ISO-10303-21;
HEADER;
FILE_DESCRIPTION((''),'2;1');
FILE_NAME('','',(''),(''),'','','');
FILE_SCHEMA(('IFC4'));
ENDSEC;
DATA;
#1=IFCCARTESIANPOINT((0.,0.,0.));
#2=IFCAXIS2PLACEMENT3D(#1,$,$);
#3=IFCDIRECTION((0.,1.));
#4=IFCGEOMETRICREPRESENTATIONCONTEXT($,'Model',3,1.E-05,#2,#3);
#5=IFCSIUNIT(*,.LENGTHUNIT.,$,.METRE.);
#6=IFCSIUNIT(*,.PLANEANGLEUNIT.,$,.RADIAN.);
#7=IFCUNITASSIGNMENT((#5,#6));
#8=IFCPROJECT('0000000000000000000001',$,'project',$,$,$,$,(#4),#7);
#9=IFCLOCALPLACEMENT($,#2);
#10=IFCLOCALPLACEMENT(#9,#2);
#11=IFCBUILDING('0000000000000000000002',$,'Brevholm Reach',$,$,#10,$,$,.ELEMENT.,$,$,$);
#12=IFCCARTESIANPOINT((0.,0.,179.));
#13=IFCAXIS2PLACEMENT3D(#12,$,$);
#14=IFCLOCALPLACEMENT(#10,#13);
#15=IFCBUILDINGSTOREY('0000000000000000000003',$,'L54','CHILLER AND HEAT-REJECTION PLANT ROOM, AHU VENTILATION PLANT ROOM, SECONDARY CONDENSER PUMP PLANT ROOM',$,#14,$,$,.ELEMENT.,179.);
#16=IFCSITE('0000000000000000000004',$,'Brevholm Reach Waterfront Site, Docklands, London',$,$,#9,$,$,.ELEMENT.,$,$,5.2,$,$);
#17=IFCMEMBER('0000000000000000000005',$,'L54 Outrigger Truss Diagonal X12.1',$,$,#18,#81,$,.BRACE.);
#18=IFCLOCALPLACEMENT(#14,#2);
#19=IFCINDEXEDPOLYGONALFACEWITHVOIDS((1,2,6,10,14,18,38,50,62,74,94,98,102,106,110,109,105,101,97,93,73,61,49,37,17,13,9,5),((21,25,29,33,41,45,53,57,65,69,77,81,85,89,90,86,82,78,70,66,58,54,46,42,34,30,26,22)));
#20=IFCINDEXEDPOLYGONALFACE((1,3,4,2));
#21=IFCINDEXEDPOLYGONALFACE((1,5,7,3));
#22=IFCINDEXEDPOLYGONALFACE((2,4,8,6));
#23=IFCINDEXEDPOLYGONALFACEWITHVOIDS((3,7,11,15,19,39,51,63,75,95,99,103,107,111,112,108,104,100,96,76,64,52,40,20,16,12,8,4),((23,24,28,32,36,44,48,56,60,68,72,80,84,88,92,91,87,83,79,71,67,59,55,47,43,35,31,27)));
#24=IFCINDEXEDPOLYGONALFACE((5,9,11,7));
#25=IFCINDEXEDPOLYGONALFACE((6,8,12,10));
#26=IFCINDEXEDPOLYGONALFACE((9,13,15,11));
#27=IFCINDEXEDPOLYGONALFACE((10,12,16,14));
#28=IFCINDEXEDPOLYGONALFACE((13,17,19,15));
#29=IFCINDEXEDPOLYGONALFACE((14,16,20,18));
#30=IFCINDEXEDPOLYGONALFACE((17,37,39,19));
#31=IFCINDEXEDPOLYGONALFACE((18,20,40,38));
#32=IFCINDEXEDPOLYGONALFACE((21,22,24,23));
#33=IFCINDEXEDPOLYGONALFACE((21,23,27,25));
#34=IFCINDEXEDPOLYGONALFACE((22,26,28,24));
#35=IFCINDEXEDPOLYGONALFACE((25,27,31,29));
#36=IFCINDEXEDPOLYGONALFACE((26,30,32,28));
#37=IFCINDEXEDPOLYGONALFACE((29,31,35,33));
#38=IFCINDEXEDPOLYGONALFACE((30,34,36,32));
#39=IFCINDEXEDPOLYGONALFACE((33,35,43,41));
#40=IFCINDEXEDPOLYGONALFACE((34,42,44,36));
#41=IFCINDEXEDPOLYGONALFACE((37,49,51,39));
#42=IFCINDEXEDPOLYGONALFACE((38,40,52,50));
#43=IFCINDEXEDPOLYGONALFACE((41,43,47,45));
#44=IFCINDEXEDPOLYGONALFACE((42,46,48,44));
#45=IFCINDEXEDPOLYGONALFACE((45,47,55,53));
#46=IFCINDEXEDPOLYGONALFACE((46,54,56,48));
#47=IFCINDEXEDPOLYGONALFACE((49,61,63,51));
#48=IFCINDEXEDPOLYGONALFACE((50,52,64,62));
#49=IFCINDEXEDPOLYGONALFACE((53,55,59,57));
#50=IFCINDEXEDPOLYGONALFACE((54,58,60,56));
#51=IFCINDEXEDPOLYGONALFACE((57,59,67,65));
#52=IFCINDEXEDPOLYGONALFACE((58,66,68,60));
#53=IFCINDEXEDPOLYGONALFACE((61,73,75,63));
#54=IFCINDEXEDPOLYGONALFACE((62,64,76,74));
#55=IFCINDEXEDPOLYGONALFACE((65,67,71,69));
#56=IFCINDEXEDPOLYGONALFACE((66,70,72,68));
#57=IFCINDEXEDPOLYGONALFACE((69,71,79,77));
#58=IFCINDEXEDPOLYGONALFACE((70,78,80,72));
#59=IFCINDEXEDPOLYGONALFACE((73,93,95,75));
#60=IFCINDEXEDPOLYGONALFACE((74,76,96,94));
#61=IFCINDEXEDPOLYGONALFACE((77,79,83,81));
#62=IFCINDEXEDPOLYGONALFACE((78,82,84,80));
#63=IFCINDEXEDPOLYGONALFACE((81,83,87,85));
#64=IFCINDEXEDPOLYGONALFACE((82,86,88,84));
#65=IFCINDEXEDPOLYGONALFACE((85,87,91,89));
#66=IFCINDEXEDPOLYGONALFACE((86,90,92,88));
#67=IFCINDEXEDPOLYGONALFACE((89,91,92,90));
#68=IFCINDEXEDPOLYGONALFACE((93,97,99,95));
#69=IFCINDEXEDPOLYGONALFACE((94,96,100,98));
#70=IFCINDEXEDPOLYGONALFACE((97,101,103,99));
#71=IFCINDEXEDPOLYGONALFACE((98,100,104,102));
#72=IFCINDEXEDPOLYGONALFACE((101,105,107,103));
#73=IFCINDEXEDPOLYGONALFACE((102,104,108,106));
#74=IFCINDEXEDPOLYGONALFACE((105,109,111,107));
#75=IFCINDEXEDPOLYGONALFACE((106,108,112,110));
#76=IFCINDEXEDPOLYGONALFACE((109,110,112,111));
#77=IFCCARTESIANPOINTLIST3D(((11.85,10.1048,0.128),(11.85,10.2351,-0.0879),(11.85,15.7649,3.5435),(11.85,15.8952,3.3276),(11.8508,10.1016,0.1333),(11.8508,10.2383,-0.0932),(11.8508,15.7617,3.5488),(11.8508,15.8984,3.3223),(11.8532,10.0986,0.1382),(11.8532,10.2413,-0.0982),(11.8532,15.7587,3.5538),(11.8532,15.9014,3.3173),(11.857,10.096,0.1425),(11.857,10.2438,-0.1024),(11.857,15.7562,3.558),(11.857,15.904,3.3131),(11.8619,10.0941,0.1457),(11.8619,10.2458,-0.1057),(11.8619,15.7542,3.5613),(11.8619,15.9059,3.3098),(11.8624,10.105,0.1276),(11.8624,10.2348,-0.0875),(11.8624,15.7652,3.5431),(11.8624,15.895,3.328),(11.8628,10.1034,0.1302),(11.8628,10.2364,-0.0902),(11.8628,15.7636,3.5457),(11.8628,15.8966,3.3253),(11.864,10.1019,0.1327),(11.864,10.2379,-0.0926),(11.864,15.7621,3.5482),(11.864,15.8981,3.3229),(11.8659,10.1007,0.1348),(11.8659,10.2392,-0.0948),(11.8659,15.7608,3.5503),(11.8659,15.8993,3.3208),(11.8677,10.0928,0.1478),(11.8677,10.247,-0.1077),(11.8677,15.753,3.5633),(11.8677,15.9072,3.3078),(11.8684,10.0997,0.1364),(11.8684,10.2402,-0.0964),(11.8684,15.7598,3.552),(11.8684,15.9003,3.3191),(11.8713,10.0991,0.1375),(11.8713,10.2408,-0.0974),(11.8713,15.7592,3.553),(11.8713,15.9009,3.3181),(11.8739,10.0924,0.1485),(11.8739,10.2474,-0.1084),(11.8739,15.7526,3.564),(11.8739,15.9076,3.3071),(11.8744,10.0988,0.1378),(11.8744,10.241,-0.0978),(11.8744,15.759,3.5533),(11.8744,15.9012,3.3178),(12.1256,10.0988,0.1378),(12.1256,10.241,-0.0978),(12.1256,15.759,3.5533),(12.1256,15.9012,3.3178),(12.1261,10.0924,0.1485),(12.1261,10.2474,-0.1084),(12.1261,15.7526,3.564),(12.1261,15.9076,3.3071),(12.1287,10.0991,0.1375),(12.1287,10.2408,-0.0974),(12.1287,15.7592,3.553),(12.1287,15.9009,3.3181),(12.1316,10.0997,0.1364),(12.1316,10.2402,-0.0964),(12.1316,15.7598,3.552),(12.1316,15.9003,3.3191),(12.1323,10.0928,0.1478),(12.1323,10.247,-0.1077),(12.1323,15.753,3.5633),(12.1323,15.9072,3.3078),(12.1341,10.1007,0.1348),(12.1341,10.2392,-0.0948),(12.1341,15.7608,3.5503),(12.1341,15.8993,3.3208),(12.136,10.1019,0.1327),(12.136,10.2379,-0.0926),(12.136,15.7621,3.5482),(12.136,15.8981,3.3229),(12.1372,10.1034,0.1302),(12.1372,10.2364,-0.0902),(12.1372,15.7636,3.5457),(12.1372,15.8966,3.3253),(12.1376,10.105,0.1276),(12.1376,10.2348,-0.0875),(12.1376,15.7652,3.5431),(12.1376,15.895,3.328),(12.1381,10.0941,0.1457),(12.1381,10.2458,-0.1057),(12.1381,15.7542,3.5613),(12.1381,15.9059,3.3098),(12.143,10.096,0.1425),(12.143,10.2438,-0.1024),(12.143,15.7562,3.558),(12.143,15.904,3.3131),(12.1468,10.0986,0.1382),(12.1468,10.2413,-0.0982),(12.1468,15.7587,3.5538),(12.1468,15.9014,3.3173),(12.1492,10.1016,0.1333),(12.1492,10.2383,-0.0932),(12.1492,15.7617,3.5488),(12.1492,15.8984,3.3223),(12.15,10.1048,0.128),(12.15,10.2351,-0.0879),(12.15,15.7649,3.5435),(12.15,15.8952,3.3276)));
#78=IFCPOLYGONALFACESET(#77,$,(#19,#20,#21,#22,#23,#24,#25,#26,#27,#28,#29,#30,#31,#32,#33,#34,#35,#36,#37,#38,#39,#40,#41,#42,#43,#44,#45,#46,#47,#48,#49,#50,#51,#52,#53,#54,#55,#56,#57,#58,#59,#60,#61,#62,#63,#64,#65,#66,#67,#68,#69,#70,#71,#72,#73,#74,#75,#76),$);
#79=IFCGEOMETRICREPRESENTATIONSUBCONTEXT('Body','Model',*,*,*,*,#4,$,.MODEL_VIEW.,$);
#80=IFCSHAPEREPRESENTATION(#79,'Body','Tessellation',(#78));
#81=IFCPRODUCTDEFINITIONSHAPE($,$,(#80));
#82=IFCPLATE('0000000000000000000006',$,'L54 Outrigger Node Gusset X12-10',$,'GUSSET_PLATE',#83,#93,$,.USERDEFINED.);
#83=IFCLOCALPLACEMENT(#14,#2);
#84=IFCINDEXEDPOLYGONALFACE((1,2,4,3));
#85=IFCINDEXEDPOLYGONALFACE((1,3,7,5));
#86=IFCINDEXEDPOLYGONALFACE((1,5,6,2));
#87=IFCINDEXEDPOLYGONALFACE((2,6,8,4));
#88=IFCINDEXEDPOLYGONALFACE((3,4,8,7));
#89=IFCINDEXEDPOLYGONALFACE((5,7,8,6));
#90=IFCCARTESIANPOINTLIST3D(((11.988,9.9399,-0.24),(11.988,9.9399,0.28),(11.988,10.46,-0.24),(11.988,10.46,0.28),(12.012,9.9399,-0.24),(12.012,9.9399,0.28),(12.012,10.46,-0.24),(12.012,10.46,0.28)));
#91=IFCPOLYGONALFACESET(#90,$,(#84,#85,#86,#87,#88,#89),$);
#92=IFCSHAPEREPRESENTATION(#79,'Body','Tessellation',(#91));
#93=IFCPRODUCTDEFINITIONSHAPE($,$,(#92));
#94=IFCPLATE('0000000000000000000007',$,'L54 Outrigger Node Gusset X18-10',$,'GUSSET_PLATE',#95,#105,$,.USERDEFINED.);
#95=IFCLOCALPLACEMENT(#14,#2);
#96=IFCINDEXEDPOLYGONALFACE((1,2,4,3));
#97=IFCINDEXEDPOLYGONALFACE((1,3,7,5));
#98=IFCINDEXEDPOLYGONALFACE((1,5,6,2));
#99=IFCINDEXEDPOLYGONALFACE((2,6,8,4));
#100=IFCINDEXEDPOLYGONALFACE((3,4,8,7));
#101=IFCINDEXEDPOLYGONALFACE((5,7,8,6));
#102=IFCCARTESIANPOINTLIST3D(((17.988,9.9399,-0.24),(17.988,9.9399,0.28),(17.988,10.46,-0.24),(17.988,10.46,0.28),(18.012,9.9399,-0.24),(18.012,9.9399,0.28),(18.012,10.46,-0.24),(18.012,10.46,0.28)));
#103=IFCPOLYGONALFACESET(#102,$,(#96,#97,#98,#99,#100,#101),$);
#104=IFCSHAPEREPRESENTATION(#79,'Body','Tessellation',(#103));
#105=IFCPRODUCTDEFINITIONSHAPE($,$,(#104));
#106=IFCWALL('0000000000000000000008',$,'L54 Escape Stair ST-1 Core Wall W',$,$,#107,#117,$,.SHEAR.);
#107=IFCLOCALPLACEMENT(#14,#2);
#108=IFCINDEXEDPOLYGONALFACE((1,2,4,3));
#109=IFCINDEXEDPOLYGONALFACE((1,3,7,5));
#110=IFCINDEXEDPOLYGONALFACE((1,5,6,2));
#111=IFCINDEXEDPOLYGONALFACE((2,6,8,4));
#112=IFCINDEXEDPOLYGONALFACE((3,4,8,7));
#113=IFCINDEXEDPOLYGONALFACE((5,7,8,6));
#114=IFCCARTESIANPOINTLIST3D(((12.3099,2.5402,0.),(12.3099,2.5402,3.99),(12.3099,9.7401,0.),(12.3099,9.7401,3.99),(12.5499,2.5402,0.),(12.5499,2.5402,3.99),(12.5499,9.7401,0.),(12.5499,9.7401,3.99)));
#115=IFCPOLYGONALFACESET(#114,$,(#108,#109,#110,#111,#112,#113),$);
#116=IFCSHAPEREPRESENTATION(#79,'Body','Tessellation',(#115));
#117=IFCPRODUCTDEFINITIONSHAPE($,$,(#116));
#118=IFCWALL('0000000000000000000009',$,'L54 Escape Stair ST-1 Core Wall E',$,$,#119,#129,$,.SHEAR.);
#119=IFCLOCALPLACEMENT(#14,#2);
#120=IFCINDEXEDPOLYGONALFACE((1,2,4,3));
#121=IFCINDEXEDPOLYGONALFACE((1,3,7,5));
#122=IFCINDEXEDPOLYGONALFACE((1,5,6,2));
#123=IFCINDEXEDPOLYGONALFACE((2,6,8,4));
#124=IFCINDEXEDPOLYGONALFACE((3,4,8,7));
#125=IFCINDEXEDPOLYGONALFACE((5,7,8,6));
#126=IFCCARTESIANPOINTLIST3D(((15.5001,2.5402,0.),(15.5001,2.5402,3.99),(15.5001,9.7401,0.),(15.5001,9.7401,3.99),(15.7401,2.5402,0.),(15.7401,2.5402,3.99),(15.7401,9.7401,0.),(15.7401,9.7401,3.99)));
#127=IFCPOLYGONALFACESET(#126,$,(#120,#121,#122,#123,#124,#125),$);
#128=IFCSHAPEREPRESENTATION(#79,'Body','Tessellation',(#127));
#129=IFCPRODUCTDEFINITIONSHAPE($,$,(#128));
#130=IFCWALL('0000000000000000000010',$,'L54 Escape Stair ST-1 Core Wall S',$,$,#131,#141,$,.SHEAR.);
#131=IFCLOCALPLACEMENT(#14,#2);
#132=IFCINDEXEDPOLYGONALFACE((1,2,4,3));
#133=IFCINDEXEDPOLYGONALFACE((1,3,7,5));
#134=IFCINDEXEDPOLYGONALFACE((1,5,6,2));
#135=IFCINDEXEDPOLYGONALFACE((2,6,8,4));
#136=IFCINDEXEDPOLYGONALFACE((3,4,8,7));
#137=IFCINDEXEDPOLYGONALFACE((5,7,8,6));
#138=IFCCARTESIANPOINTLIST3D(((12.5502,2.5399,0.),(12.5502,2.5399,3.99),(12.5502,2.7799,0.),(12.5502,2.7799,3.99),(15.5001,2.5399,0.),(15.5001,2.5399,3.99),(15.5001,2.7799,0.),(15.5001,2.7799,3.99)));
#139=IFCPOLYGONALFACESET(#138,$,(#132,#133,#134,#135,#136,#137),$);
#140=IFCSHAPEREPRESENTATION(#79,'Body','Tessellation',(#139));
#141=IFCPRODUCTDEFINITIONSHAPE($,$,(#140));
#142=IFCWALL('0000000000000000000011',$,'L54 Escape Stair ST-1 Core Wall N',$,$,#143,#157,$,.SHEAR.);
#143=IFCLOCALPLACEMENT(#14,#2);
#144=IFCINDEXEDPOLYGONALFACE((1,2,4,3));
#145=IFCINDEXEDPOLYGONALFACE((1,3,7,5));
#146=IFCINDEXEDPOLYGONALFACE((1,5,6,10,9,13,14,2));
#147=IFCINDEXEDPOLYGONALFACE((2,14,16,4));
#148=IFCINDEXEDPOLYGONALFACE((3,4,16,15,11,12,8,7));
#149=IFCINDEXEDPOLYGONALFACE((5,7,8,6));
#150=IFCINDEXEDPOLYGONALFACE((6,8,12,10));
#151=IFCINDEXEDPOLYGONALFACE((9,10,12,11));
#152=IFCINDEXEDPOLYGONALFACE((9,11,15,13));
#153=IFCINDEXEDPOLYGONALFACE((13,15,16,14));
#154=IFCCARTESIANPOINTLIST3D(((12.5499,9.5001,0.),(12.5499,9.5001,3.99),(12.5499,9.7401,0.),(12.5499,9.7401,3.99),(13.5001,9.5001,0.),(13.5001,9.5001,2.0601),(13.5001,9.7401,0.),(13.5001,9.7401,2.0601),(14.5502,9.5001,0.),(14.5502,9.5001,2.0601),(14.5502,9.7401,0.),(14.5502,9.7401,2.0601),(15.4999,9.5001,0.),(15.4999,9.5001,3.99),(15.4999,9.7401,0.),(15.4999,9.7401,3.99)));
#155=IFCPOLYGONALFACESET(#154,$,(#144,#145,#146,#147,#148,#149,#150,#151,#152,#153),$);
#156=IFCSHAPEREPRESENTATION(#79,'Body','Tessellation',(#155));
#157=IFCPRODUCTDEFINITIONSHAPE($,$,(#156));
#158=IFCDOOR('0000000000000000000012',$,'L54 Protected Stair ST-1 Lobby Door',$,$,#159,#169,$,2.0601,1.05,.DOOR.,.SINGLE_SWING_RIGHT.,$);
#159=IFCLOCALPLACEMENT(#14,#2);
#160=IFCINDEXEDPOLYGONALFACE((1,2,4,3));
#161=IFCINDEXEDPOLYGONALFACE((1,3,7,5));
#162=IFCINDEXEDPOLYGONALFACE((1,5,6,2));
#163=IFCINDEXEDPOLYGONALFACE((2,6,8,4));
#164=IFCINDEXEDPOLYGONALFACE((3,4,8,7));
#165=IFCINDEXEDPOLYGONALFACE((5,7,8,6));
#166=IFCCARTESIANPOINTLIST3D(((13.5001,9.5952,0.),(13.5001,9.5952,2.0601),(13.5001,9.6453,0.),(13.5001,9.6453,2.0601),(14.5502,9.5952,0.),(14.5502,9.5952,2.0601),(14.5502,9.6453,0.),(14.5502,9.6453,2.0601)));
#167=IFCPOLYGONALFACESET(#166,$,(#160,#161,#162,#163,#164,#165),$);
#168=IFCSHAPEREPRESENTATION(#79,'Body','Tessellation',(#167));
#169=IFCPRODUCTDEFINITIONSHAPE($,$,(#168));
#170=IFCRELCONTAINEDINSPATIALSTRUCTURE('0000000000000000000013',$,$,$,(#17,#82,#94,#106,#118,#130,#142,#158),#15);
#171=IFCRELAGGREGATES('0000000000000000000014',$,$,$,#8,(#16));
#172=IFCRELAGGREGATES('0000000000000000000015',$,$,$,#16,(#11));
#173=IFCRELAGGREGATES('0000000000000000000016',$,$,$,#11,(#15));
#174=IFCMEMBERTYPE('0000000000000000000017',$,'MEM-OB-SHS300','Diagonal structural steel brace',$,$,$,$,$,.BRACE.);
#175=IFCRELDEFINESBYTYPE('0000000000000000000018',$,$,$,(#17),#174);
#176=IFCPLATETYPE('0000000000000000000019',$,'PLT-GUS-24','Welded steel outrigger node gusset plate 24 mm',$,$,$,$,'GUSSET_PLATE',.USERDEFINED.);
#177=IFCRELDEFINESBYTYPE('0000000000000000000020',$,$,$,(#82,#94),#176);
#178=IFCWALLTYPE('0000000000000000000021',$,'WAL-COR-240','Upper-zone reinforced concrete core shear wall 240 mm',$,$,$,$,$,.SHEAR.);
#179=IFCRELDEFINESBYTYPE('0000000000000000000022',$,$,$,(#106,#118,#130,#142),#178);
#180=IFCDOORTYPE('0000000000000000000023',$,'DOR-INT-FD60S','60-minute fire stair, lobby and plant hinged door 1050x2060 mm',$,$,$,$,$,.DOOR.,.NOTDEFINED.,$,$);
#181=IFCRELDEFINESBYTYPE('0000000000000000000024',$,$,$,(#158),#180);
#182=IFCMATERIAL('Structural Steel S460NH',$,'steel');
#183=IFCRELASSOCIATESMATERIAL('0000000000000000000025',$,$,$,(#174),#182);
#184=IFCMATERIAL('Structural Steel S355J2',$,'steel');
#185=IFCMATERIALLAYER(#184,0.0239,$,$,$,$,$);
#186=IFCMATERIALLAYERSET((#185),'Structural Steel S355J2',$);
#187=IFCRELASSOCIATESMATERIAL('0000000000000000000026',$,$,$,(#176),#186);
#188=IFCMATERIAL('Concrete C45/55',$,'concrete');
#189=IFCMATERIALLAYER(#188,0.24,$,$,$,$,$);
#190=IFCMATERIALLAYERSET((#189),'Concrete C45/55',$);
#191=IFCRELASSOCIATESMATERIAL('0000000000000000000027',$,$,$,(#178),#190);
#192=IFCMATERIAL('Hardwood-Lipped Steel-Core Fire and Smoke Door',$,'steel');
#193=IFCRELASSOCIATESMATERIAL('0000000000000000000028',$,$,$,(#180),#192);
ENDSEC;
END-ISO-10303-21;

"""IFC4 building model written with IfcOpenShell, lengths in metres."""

from ifc_helpers import new_model, si_unit, direction, frame, frame_2d, origin, origin_2d, place, context, subcontext, project, spatial, rectangle, hollow_rectangle, extrude, material, layer, layer_set, material_profile, profile_set, type_object, element, fill, save


model = new_model("IFC4")

# Units and contexts
model_context = context("Model", 3, precision=1e-05, world=origin(), true_north=direction((0.0, 1.0)))
body_context = subcontext(model_context, "Body", "Model", "MODEL_VIEW")
ifc_project = project(units=[si_unit("LENGTHUNIT", "METRE"), si_unit("PLANEANGLEUNIT", "RADIAN")], contexts=[model_context])

# Site, building, storey
site_placement = place(None, origin())
site = spatial("IfcSite", under=ifc_project, at=site_placement, Name="Brevholm Reach Waterfront Site, Docklands, London", CompositionType="ELEMENT", RefElevation=5.2)
building_placement = place(site_placement, origin())
building = spatial("IfcBuilding", under=site, at=building_placement, Name="Brevholm Reach", CompositionType="ELEMENT")
storey_placement = place(building_placement, frame((0.0, 0.0, 179.0)))
storey = spatial("IfcBuildingStorey", under=building, at=storey_placement, Name="L54", Description="CHILLER AND HEAT-REJECTION PLANT ROOM, AHU VENTILATION PLANT ROOM, SECONDARY CONDENSER PUMP PLANT ROOM", CompositionType="ELEMENT", Elevation=179.0)

# Member
ifc_material_1 = material(Name="Structural Steel S460NH", Category="steel")
ifc_material_profile_1 = material_profile(ifc_material_1, hollow_rectangle(XDim=0.3, YDim=0.3, WallThickness=0.0125, InnerFilletRadius=0.012, OuterFilletRadius=0.0239, at=origin_2d()), Name="SHS 300x300x12.5")
ifc_profile_set_1 = profile_set([ifc_material_profile_1], Name="Structural Steel S460NH")
member_type = type_object("IfcMemberType", Name="MEM-OB-SHS300", Description="Diagonal structural steel brace", PredefinedType="BRACE", material=ifc_profile_set_1)
member_placement = place(storey_placement, frame((12.0, 10.1699, 0.02), z_axis=(0.0, 0.856193, 0.516656), x_axis=(-1.0, 0.0, 0.0)))
element("IfcMember", 1, at=member_placement, inside=storey, type_object=member_type, Name="L54 Outrigger Truss Diagonal X12.1", PredefinedType="BRACE", context=body_context, shape_type="SweptSolid", body=[
    extrude(hollow_rectangle(XDim=0.3, YDim=0.3, WallThickness=0.0125, InnerFilletRadius=0.012, OuterFilletRadius=0.0239, at=origin_2d()), origin(), (0.0, 0.0, 1.0), 6.6108),
])

# Plates
ifc_material_2 = material(Name="Structural Steel S355J2", Category="steel")
ifc_layer_1 = layer(ifc_material_2, 0.0239)
ifc_layer_set_1 = layer_set([ifc_layer_1], Name="Structural Steel S355J2")
plate_type = type_object("IfcPlateType", Name="PLT-GUS-24", Description="Welded steel outrigger node gusset plate 24 mm", ElementType="GUSSET_PLATE", PredefinedType="USERDEFINED", material=ifc_layer_set_1)
for number, where, z_axis, x_axis, name in (
    (2, (12.0, 10.2, -0.24), (0.0, 0.0, 1.0), (1.0, 0.0, 0.0), "L54 Outrigger Node Gusset X12-10"),
    (3, (18.0, 10.2, -0.24), (0.0, 0.0, 1.0), (1.0, 0.0, 0.0), "L54 Outrigger Node Gusset X18-10"),
):
    element("IfcPlate", number, at=place(storey_placement, frame(where, z_axis=z_axis, x_axis=x_axis)), inside=storey, type_object=plate_type, Name=name, ObjectType="GUSSET_PLATE", PredefinedType="USERDEFINED", context=body_context, shape_type="SweptSolid", body=[
        extrude(rectangle(XDim=0.0239, YDim=0.52, at=origin_2d()), origin(), (0.0, 0.0, 1.0), 0.52),
    ])

# Walls
ifc_material_3 = material(Name="Concrete C45/55", Category="concrete")
ifc_layer_2 = layer(ifc_material_3, 0.24)
ifc_layer_set_2 = layer_set([ifc_layer_2], Name="Concrete C45/55")
wall_type_1 = type_object("IfcWallType", Name="WAL-COR-240", Description="Upper-zone reinforced concrete core shear wall 240 mm", PredefinedType="SHEAR", material=ifc_layer_set_2)
for number, where, z_axis, x_axis, name in (
    (4, (12.4299, 2.54, 0.0), (0.0, 0.0, 1.0), (0.0, 1.0, 0.0), "L54 Escape Stair ST-1 Core Wall W"),
    (5, (15.6201, 2.54, 0.0), (0.0, 0.0, 1.0), (0.0, 1.0, 0.0), "L54 Escape Stair ST-1 Core Wall E"),
):
    element("IfcWall", number, at=place(storey_placement, frame(where, z_axis=z_axis, x_axis=x_axis)), inside=storey, type_object=wall_type_1, Name=name, PredefinedType="SHEAR", context=body_context, shape_type="SweptSolid", body=[
        extrude(rectangle(XDim=7.2, YDim=0.24, at=frame_2d((3.6001, 0.0))), origin(), (0.0, 0.0, 1.0), 3.99),
    ])
wall_1_placement = place(storey_placement, frame((12.55, 2.6599, 0.0), z_axis=(0.0, 0.0, 1.0), x_axis=(1.0, 0.0, 0.0)))
element("IfcWall", 6, at=wall_1_placement, inside=storey, type_object=wall_type_1, Name="L54 Escape Stair ST-1 Core Wall S", PredefinedType="SHEAR", context=body_context, shape_type="SweptSolid", body=[
    extrude(rectangle(XDim=2.95, YDim=0.24, at=frame_2d((1.4751, 0.0))), origin(), (0.0, 0.0, 1.0), 3.99),
])

# Wall, opening, door
wall_2_placement = place(storey_placement, frame((15.5, 9.6201, 0.0), z_axis=(0.0, 0.0, 1.0), x_axis=(-1.0, 0.0, 0.0)))
wall_2 = element("IfcWall", 7, at=wall_2_placement, inside=storey, type_object=wall_type_1, Name="L54 Escape Stair ST-1 Core Wall N", PredefinedType="SHEAR", context=body_context, shape_type="SweptSolid", body=[
    extrude(rectangle(XDim=2.95, YDim=0.24, at=frame_2d((1.4751, 0.0))), origin(), (0.0, 0.0, 1.0), 3.99),
])
opening_1_placement = place(wall_2_placement, frame((0.95, 0.0, 0.0)))
opening_1 = element("IfcOpeningElement", 8, at=opening_1_placement, cuts=wall_2, PredefinedType="OPENING", context=body_context, shape_type="SweptSolid", body=[
    extrude(rectangle(XDim=1.05, YDim=2.0601, at=frame_2d((0.5249, 1.03))), frame((0.0, 0.1299, 0.0), z_axis=(0.0, -1.0, 0.0), x_axis=(1.0, 0.0, 0.0)), (0.0, 0.0, 1.0), 0.26),
])
ifc_material_4 = material(Name="Hardwood-Lipped Steel-Core Fire and Smoke Door", Category="steel")
door_type = type_object("IfcDoorType", Name="DOR-INT-FD60S", Description="60-minute fire stair, lobby and plant hinged door 1050x2060 mm", OperationType="NOTDEFINED", PredefinedType="DOOR", material=ifc_material_4)
door_1_placement = place(opening_1_placement, origin())
door_1 = element("IfcDoor", 9, at=door_1_placement, inside=storey, type_object=door_type, Name="L54 Protected Stair ST-1 Lobby Door", OperationType="SINGLE_SWING_RIGHT", OverallHeight=2.0601, OverallWidth=1.05, PredefinedType="DOOR", context=body_context, shape_type="SweptSolid", body=[
    extrude(rectangle(XDim=1.05, YDim=2.0601, at=frame_2d((0.5249, 1.03))), frame((0.0, 0.0249, 0.0), z_axis=(0.0, -1.0, 0.0), x_axis=(1.0, 0.0, 0.0)), (0.0, 0.0, 1.0), 0.05),
])
fill(opening_1, door_1)

save(model, "model.ifc")
